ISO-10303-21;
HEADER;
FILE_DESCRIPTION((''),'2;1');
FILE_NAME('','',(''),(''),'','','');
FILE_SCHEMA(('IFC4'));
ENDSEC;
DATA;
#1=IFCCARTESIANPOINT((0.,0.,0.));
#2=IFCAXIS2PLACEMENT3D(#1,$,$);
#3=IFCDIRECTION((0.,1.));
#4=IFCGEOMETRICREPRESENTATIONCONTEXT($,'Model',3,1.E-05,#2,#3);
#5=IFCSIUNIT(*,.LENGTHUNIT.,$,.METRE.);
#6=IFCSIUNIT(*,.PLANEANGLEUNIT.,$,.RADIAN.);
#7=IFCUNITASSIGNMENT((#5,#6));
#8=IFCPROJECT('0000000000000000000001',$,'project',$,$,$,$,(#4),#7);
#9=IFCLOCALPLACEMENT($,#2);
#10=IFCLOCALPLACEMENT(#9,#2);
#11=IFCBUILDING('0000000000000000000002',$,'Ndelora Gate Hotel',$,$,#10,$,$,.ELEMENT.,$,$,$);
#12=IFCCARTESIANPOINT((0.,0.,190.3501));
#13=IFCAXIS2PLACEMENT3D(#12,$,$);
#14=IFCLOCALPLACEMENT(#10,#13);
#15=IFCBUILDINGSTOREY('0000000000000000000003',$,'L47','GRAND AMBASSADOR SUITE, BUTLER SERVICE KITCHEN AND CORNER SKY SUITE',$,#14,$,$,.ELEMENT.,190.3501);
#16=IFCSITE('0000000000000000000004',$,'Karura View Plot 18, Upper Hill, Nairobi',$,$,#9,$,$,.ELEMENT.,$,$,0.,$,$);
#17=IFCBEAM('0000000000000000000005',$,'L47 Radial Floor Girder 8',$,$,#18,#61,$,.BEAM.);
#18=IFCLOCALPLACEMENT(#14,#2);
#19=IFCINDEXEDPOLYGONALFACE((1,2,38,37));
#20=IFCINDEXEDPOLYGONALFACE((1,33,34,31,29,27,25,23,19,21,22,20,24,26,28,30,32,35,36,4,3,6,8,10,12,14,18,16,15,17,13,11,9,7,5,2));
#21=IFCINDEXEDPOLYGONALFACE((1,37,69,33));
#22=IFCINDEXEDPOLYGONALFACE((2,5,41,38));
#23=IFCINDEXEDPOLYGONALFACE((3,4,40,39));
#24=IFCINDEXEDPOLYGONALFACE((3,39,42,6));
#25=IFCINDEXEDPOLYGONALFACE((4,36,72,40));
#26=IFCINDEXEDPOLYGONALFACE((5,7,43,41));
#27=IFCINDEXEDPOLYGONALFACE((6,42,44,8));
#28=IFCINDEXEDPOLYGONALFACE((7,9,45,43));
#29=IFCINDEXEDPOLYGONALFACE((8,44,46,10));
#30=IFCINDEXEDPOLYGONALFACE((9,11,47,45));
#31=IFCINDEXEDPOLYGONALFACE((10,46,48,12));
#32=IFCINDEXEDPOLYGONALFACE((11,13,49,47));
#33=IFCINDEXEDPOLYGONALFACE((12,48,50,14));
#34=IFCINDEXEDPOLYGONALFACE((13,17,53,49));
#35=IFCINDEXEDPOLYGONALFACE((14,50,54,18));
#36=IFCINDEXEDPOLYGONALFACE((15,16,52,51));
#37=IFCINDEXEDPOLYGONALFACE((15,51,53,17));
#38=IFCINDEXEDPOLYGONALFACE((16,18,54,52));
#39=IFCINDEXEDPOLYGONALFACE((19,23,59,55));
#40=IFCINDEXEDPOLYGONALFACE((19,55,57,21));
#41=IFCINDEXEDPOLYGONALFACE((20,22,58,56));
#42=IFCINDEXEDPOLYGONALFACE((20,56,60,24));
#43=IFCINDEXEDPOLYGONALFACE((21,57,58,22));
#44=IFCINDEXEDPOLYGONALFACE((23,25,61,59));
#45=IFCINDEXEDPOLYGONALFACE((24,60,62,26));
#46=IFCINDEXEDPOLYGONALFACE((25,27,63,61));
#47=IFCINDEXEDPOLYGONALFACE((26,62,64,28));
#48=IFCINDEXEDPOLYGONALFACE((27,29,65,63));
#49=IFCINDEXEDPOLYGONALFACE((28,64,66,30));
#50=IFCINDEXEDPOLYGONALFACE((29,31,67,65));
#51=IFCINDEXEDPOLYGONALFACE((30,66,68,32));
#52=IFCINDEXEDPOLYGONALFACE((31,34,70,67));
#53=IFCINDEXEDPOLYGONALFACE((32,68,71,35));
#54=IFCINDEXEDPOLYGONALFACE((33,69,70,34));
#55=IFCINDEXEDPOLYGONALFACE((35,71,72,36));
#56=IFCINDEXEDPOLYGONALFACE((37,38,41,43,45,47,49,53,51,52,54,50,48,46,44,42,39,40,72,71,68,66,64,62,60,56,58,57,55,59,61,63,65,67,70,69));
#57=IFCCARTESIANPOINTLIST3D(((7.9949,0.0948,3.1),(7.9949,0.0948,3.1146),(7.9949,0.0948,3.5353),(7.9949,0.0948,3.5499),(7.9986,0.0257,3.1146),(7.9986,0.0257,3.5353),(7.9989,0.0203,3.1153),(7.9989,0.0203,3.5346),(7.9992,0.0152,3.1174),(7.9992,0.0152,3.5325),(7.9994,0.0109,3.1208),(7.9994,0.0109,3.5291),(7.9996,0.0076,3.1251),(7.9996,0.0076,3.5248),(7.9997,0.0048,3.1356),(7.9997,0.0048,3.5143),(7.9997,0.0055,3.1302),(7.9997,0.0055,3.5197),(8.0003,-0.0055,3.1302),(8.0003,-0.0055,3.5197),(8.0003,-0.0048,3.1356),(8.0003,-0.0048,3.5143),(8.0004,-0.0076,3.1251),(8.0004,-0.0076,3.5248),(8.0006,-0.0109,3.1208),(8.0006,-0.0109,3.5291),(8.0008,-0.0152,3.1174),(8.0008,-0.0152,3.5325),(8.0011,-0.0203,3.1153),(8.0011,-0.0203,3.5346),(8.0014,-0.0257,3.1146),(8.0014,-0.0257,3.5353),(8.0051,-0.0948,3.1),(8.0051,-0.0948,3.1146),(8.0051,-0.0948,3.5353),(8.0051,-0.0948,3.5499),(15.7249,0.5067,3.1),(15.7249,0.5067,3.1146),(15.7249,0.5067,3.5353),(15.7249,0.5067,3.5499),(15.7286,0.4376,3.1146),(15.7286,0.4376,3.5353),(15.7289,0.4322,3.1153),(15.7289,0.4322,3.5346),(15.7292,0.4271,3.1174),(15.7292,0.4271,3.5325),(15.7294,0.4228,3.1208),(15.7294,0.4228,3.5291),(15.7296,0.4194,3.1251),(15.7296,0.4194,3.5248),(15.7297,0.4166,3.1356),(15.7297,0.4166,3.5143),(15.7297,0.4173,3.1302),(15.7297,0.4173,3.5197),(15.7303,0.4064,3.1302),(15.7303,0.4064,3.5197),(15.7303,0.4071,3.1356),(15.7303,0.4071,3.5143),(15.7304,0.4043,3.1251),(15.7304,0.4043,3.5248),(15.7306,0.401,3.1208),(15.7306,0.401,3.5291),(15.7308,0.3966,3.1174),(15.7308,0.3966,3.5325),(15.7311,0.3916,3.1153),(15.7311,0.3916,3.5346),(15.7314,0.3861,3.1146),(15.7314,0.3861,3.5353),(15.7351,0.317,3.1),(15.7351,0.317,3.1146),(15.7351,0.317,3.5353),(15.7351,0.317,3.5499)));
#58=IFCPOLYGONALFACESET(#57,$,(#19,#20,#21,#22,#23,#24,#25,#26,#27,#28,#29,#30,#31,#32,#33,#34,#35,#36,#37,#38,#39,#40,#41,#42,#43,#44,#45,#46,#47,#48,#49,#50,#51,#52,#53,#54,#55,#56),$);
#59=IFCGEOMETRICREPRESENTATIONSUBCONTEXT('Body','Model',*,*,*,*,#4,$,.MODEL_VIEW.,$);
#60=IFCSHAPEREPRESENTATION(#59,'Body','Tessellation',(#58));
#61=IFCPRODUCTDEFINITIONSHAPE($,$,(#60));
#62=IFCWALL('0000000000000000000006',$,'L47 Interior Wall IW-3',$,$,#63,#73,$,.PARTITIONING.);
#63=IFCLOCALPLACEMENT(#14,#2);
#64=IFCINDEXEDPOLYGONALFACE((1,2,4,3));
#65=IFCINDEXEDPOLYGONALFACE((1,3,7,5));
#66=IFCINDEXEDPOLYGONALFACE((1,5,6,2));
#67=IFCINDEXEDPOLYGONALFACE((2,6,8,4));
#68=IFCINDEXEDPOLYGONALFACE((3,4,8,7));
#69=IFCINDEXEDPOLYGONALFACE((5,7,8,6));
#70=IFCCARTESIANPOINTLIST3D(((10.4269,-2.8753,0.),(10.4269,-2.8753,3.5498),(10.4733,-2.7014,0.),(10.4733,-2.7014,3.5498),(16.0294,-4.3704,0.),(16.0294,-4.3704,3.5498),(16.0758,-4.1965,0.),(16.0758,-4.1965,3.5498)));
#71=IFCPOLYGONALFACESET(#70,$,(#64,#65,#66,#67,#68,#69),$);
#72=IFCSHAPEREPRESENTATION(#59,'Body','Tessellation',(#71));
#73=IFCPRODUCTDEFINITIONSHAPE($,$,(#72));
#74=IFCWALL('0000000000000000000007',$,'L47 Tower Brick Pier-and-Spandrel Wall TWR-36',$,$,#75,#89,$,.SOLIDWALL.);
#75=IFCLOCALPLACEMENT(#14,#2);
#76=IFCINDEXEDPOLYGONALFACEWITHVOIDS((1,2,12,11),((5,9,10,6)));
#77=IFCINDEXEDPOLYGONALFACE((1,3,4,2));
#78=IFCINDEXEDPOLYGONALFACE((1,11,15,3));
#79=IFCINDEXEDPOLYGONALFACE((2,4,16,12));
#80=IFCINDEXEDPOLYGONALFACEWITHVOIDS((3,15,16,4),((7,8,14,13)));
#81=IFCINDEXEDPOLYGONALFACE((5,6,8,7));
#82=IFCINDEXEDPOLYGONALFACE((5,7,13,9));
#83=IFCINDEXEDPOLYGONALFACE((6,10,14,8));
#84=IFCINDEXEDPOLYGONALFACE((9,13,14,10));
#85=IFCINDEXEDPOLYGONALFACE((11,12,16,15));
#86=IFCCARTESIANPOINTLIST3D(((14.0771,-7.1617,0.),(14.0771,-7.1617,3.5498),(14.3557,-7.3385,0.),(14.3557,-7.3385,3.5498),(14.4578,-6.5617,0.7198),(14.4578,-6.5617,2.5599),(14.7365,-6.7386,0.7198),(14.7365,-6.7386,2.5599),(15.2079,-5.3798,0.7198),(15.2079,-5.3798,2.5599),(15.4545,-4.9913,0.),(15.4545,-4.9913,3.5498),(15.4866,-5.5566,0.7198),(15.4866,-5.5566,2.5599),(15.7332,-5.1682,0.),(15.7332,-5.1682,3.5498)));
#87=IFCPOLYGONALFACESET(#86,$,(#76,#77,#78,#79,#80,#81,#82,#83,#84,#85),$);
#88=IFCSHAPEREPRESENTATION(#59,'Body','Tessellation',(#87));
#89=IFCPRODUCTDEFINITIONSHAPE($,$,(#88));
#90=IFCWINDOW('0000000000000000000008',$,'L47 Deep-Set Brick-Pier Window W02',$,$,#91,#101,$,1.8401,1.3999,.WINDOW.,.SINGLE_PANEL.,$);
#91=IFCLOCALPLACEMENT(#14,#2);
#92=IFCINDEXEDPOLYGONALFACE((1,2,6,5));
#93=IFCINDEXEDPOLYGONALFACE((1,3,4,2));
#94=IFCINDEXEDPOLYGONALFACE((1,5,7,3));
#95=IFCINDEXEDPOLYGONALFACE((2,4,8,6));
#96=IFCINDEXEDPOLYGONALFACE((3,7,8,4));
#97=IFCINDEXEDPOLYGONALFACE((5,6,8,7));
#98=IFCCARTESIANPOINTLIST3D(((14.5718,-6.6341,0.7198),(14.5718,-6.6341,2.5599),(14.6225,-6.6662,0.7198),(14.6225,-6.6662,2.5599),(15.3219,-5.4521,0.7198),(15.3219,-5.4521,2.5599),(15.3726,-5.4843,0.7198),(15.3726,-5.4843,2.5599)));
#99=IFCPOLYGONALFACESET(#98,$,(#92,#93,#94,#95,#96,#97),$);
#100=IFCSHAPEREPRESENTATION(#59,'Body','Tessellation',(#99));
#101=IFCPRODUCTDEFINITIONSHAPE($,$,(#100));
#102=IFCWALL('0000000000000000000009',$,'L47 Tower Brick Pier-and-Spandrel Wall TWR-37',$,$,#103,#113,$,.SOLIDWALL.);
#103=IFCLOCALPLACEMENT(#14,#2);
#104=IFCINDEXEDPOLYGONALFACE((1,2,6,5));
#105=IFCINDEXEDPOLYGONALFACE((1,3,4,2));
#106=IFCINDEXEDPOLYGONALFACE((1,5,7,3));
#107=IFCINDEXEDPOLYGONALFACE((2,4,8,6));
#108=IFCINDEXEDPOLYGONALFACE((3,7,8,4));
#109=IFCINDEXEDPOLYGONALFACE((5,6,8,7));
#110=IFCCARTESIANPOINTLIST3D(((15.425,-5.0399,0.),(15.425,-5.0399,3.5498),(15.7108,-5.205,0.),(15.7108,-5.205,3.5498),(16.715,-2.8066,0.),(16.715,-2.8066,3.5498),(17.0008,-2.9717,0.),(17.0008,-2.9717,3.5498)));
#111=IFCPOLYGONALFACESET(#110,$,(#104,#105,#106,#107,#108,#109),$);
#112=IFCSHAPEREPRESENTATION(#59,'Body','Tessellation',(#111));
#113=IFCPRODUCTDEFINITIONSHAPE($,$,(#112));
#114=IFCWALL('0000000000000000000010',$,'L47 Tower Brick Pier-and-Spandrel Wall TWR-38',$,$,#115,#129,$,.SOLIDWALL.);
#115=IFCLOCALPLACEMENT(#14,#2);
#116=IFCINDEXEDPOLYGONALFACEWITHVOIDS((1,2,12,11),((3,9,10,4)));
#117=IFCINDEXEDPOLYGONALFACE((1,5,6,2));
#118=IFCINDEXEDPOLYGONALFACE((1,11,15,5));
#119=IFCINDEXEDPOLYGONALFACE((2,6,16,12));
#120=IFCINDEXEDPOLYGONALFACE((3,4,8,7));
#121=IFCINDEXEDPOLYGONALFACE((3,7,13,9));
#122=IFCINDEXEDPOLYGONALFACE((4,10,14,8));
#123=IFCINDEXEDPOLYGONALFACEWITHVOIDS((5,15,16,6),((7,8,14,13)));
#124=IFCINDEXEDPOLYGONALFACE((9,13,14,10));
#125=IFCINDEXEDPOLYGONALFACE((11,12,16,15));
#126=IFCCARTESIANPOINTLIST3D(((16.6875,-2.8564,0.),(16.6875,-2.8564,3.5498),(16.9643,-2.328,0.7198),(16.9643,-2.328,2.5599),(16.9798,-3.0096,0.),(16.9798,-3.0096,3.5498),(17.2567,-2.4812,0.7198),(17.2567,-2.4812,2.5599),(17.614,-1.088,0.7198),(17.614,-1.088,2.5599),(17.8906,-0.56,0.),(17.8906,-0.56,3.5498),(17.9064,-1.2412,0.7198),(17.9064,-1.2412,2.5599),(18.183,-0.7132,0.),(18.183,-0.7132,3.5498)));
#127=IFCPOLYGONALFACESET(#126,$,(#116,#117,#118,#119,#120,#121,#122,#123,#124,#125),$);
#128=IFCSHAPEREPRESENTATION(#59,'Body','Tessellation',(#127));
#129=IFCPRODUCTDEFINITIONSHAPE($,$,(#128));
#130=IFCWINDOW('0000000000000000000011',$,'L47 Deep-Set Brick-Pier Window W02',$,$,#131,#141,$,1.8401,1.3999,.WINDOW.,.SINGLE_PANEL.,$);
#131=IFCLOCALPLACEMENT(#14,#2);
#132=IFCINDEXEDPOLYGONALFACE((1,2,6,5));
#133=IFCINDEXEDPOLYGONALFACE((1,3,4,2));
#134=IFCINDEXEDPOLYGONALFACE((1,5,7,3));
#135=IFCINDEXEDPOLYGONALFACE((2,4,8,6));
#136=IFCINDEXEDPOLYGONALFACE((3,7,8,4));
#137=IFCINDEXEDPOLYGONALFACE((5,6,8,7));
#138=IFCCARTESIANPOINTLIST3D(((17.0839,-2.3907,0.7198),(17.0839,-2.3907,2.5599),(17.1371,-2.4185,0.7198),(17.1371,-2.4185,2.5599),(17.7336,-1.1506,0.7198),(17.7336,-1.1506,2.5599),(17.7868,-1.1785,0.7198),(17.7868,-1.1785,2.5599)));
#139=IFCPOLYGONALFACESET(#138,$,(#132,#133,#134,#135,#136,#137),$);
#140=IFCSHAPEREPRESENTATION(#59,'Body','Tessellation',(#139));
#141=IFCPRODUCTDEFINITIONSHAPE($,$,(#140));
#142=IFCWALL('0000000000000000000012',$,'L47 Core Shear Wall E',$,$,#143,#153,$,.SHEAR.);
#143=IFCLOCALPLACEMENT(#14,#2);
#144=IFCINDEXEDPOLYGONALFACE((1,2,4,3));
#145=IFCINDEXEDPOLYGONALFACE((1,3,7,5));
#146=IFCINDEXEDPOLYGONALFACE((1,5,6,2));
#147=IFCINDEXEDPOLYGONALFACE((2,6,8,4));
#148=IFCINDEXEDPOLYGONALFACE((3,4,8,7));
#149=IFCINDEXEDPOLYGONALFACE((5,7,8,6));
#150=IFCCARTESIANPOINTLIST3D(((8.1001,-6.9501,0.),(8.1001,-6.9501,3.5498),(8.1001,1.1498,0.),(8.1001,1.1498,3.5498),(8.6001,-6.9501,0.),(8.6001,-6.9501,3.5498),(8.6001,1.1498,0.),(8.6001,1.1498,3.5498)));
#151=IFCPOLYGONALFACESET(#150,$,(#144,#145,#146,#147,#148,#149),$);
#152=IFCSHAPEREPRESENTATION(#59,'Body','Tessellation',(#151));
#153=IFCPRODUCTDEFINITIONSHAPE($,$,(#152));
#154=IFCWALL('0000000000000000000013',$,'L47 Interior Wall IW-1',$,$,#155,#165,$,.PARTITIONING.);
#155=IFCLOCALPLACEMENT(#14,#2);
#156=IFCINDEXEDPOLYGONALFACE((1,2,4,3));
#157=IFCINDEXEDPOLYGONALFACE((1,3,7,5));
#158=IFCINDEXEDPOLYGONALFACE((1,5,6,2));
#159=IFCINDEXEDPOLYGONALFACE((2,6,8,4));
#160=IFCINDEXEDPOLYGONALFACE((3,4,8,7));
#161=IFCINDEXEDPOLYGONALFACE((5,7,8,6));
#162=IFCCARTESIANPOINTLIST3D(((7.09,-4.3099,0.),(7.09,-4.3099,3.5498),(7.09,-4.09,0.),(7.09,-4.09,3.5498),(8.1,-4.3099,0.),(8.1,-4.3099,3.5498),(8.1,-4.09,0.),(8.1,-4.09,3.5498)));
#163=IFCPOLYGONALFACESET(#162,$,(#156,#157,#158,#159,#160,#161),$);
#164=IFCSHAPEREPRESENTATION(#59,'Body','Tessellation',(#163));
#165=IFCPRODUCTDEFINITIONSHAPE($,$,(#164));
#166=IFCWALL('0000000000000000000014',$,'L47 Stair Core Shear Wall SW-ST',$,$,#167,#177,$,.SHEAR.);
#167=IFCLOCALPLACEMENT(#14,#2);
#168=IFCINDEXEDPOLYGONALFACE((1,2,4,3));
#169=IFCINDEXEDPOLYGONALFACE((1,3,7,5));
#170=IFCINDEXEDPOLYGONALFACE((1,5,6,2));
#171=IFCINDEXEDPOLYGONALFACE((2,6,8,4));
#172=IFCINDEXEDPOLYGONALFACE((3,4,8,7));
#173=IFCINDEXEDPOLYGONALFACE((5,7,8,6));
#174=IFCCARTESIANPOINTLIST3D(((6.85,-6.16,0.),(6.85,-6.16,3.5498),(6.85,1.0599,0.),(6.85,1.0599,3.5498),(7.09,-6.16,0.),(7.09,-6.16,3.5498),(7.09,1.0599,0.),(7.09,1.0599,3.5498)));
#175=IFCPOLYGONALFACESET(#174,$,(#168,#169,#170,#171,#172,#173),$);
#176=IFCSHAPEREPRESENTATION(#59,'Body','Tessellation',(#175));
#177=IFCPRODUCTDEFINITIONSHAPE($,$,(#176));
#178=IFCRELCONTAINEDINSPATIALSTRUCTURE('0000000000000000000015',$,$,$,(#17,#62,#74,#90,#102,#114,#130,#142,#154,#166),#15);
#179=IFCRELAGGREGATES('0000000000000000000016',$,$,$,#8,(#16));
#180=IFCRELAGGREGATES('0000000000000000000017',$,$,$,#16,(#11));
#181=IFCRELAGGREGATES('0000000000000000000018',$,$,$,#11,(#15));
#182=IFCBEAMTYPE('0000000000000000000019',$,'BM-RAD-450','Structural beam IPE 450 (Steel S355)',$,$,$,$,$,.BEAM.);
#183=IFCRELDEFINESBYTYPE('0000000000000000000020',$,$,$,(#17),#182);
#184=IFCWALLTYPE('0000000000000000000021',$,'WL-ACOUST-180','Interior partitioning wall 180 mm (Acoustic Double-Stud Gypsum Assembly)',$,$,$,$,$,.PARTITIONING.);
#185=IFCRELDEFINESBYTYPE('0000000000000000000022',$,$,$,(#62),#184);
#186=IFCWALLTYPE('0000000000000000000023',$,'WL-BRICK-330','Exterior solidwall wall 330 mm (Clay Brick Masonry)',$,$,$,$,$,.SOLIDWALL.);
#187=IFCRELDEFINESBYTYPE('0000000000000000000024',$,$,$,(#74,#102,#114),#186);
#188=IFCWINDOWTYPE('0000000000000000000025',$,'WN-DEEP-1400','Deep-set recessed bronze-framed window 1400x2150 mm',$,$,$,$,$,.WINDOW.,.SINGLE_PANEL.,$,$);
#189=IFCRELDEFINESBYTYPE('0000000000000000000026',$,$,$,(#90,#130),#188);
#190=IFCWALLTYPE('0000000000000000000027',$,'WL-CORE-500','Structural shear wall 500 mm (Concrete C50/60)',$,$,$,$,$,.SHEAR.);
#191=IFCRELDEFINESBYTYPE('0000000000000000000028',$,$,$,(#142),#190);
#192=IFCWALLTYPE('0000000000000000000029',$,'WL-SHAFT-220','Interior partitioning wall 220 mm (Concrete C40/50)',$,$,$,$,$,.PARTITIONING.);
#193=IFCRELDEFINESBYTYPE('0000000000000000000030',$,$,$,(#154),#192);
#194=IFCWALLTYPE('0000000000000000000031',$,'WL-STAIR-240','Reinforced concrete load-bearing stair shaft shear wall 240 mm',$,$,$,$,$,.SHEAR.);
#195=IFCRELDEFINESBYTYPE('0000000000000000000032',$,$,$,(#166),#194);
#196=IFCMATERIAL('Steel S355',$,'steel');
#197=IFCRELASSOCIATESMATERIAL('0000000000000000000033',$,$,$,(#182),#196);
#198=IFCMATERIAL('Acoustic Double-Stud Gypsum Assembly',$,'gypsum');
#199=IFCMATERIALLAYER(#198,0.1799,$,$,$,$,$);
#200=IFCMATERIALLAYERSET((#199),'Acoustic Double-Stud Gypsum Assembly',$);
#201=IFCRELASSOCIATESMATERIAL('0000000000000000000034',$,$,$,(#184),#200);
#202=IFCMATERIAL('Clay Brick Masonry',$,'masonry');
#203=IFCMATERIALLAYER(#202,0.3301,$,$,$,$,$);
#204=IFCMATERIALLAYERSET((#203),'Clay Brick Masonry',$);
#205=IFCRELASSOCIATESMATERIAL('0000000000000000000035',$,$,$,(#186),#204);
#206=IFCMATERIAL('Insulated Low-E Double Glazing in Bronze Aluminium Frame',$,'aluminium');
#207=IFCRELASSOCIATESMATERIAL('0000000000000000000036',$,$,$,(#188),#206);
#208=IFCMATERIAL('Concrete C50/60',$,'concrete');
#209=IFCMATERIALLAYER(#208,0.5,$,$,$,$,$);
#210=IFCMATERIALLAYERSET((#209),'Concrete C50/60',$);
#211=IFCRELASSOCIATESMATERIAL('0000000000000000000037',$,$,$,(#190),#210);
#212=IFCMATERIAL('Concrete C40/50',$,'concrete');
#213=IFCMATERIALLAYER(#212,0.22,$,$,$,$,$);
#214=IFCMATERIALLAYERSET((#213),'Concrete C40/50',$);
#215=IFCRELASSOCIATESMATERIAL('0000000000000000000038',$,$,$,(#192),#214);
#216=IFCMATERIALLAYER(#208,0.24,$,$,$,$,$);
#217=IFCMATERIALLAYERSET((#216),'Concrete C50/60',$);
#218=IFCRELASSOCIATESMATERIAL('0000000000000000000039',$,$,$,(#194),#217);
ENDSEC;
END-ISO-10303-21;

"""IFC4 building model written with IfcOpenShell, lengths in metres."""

from ifc_helpers import new_model, si_unit, direction, frame, frame_2d, origin, origin_2d, place, context, subcontext, project, spatial, rectangle, i_section, extrude, material, layer, layer_set, material_profile, profile_set, type_object, element, fill, save


model = new_model("IFC4")

# Units and contexts
model_context = context("Model", 3, precision=1e-05, world=origin(), true_north=direction((0.0, 1.0)))
body_context = subcontext(model_context, "Body", "Model", "MODEL_VIEW")
ifc_project = project(units=[si_unit("LENGTHUNIT", "METRE"), si_unit("PLANEANGLEUNIT", "RADIAN")], contexts=[model_context])

# Site, building, storey
site_placement = place(None, origin())
site = spatial("IfcSite", under=ifc_project, at=site_placement, Name="Karura View Plot 18, Upper Hill, Nairobi", CompositionType="ELEMENT", RefElevation=0.0)
building_placement = place(site_placement, origin())
building = spatial("IfcBuilding", under=site, at=building_placement, Name="Ndelora Gate Hotel", CompositionType="ELEMENT")
storey_placement = place(building_placement, frame((0.0, 0.0, 190.3501)))
storey = spatial("IfcBuildingStorey", under=building, at=storey_placement, Name="L47", Description="GRAND AMBASSADOR SUITE, BUTLER SERVICE KITCHEN AND CORNER SKY SUITE", CompositionType="ELEMENT", Elevation=190.3501)

# Shared definitions
ifc_material_1 = material(Name="Concrete C50/60", Category="concrete")

# Beam
ifc_material_2 = material(Name="Steel S355", Category="steel")
ifc_material_profile_1 = material_profile(ifc_material_2, i_section(OverallWidth=0.1899, OverallDepth=0.45, WebThickness=0.0095, FlangeThickness=0.0146, FilletRadius=0.021, at=origin_2d()), Name="IPE 450")
ifc_profile_set_1 = profile_set([ifc_material_profile_1], Name="Steel S355")
beam_type_1 = type_object("IfcBeamType", Name="BM-RAD-450", Description="Structural beam IPE 450 (Steel S355)", PredefinedType="BEAM", material=ifc_profile_set_1)
beam_1_placement = place(storey_placement, frame((8.0, 0.0, 3.325), z_axis=(0.998584, 0.053206, 0.0), x_axis=(-0.053206, 0.998584, 0.0)))
element("IfcBeam", 1, at=beam_1_placement, inside=storey, type_object=beam_type_1, Name="L47 Radial Floor Girder 8", PredefinedType="BEAM", context=body_context, shape_type="SweptSolid", body=[
    extrude(i_section(OverallWidth=0.1899, OverallDepth=0.45, WebThickness=0.0095, FlangeThickness=0.0146, FilletRadius=0.021, at=origin_2d()), origin(), (0.0, 0.0, 1.0), 7.741),
])

# Wall
ifc_material_3 = material(Name="Acoustic Double-Stud Gypsum Assembly", Category="gypsum")
ifc_layer_1 = layer(ifc_material_3, 0.1799)
ifc_layer_set_1 = layer_set([ifc_layer_1], Name="Acoustic Double-Stud Gypsum Assembly")
wall_type_1 = type_object("IfcWallType", Name="WL-ACOUST-180", Description="Interior partitioning wall 180 mm (Acoustic Double-Stud Gypsum Assembly)", PredefinedType="PARTITIONING", material=ifc_layer_set_1)
wall_1_placement = place(storey_placement, frame((10.45, -2.7883, 0.0), z_axis=(0.0, 0.0, 1.0), x_axis=(0.966187, -0.257841, 0.0)))
element("IfcWall", 2, at=wall_1_placement, inside=storey, type_object=wall_type_1, Name="L47 Interior Wall IW-3", PredefinedType="PARTITIONING", context=body_context, shape_type="SweptSolid", body=[
    extrude(rectangle(XDim=5.7986, YDim=0.1799, at=frame_2d((2.8994, 0.0))), origin(), (0.0, 0.0, 1.0), 3.5498),
])

# Wall, opening, window
ifc_material_4 = material(Name="Clay Brick Masonry", Category="masonry")
ifc_layer_2 = layer(ifc_material_4, 0.3301)
ifc_layer_set_2 = layer_set([ifc_layer_2], Name="Clay Brick Masonry")
wall_type_2 = type_object("IfcWallType", Name="WL-BRICK-330", Description="Exterior solidwall wall 330 mm (Clay Brick Masonry)", PredefinedType="SOLIDWALL", material=ifc_layer_set_2)
wall_2_placement = place(storey_placement, frame((15.5938, -5.0798, 0.0), z_axis=(0.0, 0.0, 1.0), x_axis=(-0.535843, -0.844318, 0.0)))
wall_2 = element("IfcWall", 3, at=wall_2_placement, inside=storey, type_object=wall_type_2, Name="L47 Tower Brick Pier-and-Spandrel Wall TWR-36", PredefinedType="SOLIDWALL", context=body_context, shape_type="SweptSolid", body=[
    extrude(rectangle(XDim=2.5706, YDim=0.3301, at=frame_2d((1.2852, 0.0))), origin(), (0.0, 0.0, 1.0), 3.5498),
])
opening_1_placement = place(wall_2_placement, frame((0.46, 0.0, 0.72)))
opening_1 = element("IfcOpeningElement", 4, at=opening_1_placement, cuts=wall_2, PredefinedType="OPENING", context=body_context, shape_type="SweptSolid", body=[
    extrude(rectangle(XDim=1.3999, YDim=1.8401, at=frame_2d((0.7, 0.9199))), frame((0.0, 0.175, 0.0), z_axis=(0.0, -1.0, 0.0), x_axis=(1.0, 0.0, 0.0)), (0.0, 0.0, 1.0), 0.3501),
])
ifc_material_5 = material(Name="Insulated Low-E Double Glazing in Bronze Aluminium Frame", Category="aluminium")
window_type = type_object("IfcWindowType", Name="WN-DEEP-1400", Description="Deep-set recessed bronze-framed window 1400x2150 mm", PartitioningType="SINGLE_PANEL", PredefinedType="WINDOW", material=ifc_material_5)
window_1_placement = place(opening_1_placement, origin())
window_1 = element("IfcWindow", 5, at=window_1_placement, inside=storey, type_object=window_type, Name="L47 Deep-Set Brick-Pier Window W02", OverallHeight=1.8401, OverallWidth=1.3999, PartitioningType="SINGLE_PANEL", PredefinedType="WINDOW", context=body_context, shape_type="SweptSolid", body=[
    extrude(rectangle(XDim=1.3999, YDim=1.8401, at=frame_2d((0.7, 0.9199))), frame((0.0, 0.03, 0.0), z_axis=(0.0, -1.0, 0.0), x_axis=(1.0, 0.0, 0.0)), (0.0, 0.0, 1.0), 0.0601),
])
fill(opening_1, window_1)

# Wall
wall_3_placement = place(storey_placement, frame((16.8579, -2.8892, 0.0), z_axis=(0.0, 0.0, 1.0), x_axis=(-0.50017, -0.865927, 0.0)))
element("IfcWall", 6, at=wall_3_placement, inside=storey, type_object=wall_type_2, Name="L47 Tower Brick Pier-and-Spandrel Wall TWR-37", PredefinedType="SOLIDWALL", context=body_context, shape_type="SweptSolid", body=[
    extrude(rectangle(XDim=2.5791, YDim=0.3301, at=frame_2d((1.2896, 0.0))), origin(), (0.0, 0.0, 1.0), 3.5498),
])

# Wall, opening, window
wall_4_placement = place(storey_placement, frame((18.0369, -0.6365, 0.0), z_axis=(0.0, 0.0, 1.0), x_axis=(-0.464084, -0.885791, 0.0)))
wall_4 = element("IfcWall", 7, at=wall_4_placement, inside=storey, type_object=wall_type_2, Name="L47 Tower Brick Pier-and-Spandrel Wall TWR-38", PredefinedType="SOLIDWALL", context=body_context, shape_type="SweptSolid", body=[
    extrude(rectangle(XDim=2.5925, YDim=0.3301, at=frame_2d((1.2964, 0.0))), origin(), (0.0, 0.0, 1.0), 3.5498),
])
opening_2_placement = place(wall_4_placement, frame((0.5962, 0.0, 0.72)))
opening_2 = element("IfcOpeningElement", 8, at=opening_2_placement, cuts=wall_4, PredefinedType="OPENING", context=body_context, shape_type="SweptSolid", body=[
    extrude(rectangle(XDim=1.3999, YDim=1.8401, at=frame_2d((0.7, 0.9199))), frame((0.0, 0.175, 0.0), z_axis=(0.0, -1.0, 0.0), x_axis=(1.0, 0.0, 0.0)), (0.0, 0.0, 1.0), 0.3501),
])
window_2_placement = place(opening_2_placement, origin())
window_2 = element("IfcWindow", 9, at=window_2_placement, inside=storey, type_object=window_type, Name="L47 Deep-Set Brick-Pier Window W02", OverallHeight=1.8401, OverallWidth=1.3999, PartitioningType="SINGLE_PANEL", PredefinedType="WINDOW", context=body_context, shape_type="SweptSolid", body=[
    extrude(rectangle(XDim=1.3999, YDim=1.8401, at=frame_2d((0.7, 0.9199))), frame((0.0, 0.03, 0.0), z_axis=(0.0, -1.0, 0.0), x_axis=(1.0, 0.0, 0.0)), (0.0, 0.0, 1.0), 0.0601),
])
fill(opening_2, window_2)

# Walls
ifc_layer_3 = layer(ifc_material_1, 0.5)
ifc_layer_set_3 = layer_set([ifc_layer_3], Name="Concrete C50/60")
wall_type_3 = type_object("IfcWallType", Name="WL-CORE-500", Description="Structural shear wall 500 mm (Concrete C50/60)", PredefinedType="SHEAR", material=ifc_layer_set_3)
wall_5_placement = place(storey_placement, frame((8.3501, -6.95, 0.0), z_axis=(0.0, 0.0, 1.0), x_axis=(0.0, 1.0, 0.0)))
element("IfcWall", 10, at=wall_5_placement, inside=storey, type_object=wall_type_3, Name="L47 Core Shear Wall E", PredefinedType="SHEAR", context=body_context, shape_type="SweptSolid", body=[
    extrude(rectangle(XDim=8.0999, YDim=0.5, at=frame_2d((4.0498, 0.0))), origin(), (0.0, 0.0, 1.0), 3.5498),
])
ifc_material_6 = material(Name="Concrete C40/50", Category="concrete")
ifc_layer_4 = layer(ifc_material_6, 0.22)
ifc_layer_set_4 = layer_set([ifc_layer_4], Name="Concrete C40/50")
wall_type_4 = type_object("IfcWallType", Name="WL-SHAFT-220", Description="Interior partitioning wall 220 mm (Concrete C40/50)", PredefinedType="PARTITIONING", material=ifc_layer_set_4)
wall_6_placement = place(storey_placement, frame((7.0901, -4.2, 0.0), z_axis=(0.0, 0.0, 1.0), x_axis=(1.0, 0.0, 0.0)))
element("IfcWall", 11, at=wall_6_placement, inside=storey, type_object=wall_type_4, Name="L47 Interior Wall IW-1", PredefinedType="PARTITIONING", context=body_context, shape_type="SweptSolid", body=[
    extrude(rectangle(XDim=1.01, YDim=0.22, at=frame_2d((0.5049, 0.0))), origin(), (0.0, 0.0, 1.0), 3.5498),
])
ifc_layer_5 = layer(ifc_material_1, 0.24)
ifc_layer_set_5 = layer_set([ifc_layer_5], Name="Concrete C50/60")
wall_type_5 = type_object("IfcWallType", Name="WL-STAIR-240", Description="Reinforced concrete load-bearing stair shaft shear wall 240 mm", PredefinedType="SHEAR", material=ifc_layer_set_5)
wall_7_placement = place(storey_placement, frame((6.97, -6.1599, 0.0), z_axis=(0.0, 0.0, 1.0), x_axis=(0.0, 1.0, 0.0)))
element("IfcWall", 12, at=wall_7_placement, inside=storey, type_object=wall_type_5, Name="L47 Stair Core Shear Wall SW-ST", PredefinedType="SHEAR", context=body_context, shape_type="SweptSolid", body=[
    extrude(rectangle(XDim=7.22, YDim=0.24, at=frame_2d((3.6099, 0.0))), origin(), (0.0, 0.0, 1.0), 3.5498),
])

save(model, "model.ifc")
